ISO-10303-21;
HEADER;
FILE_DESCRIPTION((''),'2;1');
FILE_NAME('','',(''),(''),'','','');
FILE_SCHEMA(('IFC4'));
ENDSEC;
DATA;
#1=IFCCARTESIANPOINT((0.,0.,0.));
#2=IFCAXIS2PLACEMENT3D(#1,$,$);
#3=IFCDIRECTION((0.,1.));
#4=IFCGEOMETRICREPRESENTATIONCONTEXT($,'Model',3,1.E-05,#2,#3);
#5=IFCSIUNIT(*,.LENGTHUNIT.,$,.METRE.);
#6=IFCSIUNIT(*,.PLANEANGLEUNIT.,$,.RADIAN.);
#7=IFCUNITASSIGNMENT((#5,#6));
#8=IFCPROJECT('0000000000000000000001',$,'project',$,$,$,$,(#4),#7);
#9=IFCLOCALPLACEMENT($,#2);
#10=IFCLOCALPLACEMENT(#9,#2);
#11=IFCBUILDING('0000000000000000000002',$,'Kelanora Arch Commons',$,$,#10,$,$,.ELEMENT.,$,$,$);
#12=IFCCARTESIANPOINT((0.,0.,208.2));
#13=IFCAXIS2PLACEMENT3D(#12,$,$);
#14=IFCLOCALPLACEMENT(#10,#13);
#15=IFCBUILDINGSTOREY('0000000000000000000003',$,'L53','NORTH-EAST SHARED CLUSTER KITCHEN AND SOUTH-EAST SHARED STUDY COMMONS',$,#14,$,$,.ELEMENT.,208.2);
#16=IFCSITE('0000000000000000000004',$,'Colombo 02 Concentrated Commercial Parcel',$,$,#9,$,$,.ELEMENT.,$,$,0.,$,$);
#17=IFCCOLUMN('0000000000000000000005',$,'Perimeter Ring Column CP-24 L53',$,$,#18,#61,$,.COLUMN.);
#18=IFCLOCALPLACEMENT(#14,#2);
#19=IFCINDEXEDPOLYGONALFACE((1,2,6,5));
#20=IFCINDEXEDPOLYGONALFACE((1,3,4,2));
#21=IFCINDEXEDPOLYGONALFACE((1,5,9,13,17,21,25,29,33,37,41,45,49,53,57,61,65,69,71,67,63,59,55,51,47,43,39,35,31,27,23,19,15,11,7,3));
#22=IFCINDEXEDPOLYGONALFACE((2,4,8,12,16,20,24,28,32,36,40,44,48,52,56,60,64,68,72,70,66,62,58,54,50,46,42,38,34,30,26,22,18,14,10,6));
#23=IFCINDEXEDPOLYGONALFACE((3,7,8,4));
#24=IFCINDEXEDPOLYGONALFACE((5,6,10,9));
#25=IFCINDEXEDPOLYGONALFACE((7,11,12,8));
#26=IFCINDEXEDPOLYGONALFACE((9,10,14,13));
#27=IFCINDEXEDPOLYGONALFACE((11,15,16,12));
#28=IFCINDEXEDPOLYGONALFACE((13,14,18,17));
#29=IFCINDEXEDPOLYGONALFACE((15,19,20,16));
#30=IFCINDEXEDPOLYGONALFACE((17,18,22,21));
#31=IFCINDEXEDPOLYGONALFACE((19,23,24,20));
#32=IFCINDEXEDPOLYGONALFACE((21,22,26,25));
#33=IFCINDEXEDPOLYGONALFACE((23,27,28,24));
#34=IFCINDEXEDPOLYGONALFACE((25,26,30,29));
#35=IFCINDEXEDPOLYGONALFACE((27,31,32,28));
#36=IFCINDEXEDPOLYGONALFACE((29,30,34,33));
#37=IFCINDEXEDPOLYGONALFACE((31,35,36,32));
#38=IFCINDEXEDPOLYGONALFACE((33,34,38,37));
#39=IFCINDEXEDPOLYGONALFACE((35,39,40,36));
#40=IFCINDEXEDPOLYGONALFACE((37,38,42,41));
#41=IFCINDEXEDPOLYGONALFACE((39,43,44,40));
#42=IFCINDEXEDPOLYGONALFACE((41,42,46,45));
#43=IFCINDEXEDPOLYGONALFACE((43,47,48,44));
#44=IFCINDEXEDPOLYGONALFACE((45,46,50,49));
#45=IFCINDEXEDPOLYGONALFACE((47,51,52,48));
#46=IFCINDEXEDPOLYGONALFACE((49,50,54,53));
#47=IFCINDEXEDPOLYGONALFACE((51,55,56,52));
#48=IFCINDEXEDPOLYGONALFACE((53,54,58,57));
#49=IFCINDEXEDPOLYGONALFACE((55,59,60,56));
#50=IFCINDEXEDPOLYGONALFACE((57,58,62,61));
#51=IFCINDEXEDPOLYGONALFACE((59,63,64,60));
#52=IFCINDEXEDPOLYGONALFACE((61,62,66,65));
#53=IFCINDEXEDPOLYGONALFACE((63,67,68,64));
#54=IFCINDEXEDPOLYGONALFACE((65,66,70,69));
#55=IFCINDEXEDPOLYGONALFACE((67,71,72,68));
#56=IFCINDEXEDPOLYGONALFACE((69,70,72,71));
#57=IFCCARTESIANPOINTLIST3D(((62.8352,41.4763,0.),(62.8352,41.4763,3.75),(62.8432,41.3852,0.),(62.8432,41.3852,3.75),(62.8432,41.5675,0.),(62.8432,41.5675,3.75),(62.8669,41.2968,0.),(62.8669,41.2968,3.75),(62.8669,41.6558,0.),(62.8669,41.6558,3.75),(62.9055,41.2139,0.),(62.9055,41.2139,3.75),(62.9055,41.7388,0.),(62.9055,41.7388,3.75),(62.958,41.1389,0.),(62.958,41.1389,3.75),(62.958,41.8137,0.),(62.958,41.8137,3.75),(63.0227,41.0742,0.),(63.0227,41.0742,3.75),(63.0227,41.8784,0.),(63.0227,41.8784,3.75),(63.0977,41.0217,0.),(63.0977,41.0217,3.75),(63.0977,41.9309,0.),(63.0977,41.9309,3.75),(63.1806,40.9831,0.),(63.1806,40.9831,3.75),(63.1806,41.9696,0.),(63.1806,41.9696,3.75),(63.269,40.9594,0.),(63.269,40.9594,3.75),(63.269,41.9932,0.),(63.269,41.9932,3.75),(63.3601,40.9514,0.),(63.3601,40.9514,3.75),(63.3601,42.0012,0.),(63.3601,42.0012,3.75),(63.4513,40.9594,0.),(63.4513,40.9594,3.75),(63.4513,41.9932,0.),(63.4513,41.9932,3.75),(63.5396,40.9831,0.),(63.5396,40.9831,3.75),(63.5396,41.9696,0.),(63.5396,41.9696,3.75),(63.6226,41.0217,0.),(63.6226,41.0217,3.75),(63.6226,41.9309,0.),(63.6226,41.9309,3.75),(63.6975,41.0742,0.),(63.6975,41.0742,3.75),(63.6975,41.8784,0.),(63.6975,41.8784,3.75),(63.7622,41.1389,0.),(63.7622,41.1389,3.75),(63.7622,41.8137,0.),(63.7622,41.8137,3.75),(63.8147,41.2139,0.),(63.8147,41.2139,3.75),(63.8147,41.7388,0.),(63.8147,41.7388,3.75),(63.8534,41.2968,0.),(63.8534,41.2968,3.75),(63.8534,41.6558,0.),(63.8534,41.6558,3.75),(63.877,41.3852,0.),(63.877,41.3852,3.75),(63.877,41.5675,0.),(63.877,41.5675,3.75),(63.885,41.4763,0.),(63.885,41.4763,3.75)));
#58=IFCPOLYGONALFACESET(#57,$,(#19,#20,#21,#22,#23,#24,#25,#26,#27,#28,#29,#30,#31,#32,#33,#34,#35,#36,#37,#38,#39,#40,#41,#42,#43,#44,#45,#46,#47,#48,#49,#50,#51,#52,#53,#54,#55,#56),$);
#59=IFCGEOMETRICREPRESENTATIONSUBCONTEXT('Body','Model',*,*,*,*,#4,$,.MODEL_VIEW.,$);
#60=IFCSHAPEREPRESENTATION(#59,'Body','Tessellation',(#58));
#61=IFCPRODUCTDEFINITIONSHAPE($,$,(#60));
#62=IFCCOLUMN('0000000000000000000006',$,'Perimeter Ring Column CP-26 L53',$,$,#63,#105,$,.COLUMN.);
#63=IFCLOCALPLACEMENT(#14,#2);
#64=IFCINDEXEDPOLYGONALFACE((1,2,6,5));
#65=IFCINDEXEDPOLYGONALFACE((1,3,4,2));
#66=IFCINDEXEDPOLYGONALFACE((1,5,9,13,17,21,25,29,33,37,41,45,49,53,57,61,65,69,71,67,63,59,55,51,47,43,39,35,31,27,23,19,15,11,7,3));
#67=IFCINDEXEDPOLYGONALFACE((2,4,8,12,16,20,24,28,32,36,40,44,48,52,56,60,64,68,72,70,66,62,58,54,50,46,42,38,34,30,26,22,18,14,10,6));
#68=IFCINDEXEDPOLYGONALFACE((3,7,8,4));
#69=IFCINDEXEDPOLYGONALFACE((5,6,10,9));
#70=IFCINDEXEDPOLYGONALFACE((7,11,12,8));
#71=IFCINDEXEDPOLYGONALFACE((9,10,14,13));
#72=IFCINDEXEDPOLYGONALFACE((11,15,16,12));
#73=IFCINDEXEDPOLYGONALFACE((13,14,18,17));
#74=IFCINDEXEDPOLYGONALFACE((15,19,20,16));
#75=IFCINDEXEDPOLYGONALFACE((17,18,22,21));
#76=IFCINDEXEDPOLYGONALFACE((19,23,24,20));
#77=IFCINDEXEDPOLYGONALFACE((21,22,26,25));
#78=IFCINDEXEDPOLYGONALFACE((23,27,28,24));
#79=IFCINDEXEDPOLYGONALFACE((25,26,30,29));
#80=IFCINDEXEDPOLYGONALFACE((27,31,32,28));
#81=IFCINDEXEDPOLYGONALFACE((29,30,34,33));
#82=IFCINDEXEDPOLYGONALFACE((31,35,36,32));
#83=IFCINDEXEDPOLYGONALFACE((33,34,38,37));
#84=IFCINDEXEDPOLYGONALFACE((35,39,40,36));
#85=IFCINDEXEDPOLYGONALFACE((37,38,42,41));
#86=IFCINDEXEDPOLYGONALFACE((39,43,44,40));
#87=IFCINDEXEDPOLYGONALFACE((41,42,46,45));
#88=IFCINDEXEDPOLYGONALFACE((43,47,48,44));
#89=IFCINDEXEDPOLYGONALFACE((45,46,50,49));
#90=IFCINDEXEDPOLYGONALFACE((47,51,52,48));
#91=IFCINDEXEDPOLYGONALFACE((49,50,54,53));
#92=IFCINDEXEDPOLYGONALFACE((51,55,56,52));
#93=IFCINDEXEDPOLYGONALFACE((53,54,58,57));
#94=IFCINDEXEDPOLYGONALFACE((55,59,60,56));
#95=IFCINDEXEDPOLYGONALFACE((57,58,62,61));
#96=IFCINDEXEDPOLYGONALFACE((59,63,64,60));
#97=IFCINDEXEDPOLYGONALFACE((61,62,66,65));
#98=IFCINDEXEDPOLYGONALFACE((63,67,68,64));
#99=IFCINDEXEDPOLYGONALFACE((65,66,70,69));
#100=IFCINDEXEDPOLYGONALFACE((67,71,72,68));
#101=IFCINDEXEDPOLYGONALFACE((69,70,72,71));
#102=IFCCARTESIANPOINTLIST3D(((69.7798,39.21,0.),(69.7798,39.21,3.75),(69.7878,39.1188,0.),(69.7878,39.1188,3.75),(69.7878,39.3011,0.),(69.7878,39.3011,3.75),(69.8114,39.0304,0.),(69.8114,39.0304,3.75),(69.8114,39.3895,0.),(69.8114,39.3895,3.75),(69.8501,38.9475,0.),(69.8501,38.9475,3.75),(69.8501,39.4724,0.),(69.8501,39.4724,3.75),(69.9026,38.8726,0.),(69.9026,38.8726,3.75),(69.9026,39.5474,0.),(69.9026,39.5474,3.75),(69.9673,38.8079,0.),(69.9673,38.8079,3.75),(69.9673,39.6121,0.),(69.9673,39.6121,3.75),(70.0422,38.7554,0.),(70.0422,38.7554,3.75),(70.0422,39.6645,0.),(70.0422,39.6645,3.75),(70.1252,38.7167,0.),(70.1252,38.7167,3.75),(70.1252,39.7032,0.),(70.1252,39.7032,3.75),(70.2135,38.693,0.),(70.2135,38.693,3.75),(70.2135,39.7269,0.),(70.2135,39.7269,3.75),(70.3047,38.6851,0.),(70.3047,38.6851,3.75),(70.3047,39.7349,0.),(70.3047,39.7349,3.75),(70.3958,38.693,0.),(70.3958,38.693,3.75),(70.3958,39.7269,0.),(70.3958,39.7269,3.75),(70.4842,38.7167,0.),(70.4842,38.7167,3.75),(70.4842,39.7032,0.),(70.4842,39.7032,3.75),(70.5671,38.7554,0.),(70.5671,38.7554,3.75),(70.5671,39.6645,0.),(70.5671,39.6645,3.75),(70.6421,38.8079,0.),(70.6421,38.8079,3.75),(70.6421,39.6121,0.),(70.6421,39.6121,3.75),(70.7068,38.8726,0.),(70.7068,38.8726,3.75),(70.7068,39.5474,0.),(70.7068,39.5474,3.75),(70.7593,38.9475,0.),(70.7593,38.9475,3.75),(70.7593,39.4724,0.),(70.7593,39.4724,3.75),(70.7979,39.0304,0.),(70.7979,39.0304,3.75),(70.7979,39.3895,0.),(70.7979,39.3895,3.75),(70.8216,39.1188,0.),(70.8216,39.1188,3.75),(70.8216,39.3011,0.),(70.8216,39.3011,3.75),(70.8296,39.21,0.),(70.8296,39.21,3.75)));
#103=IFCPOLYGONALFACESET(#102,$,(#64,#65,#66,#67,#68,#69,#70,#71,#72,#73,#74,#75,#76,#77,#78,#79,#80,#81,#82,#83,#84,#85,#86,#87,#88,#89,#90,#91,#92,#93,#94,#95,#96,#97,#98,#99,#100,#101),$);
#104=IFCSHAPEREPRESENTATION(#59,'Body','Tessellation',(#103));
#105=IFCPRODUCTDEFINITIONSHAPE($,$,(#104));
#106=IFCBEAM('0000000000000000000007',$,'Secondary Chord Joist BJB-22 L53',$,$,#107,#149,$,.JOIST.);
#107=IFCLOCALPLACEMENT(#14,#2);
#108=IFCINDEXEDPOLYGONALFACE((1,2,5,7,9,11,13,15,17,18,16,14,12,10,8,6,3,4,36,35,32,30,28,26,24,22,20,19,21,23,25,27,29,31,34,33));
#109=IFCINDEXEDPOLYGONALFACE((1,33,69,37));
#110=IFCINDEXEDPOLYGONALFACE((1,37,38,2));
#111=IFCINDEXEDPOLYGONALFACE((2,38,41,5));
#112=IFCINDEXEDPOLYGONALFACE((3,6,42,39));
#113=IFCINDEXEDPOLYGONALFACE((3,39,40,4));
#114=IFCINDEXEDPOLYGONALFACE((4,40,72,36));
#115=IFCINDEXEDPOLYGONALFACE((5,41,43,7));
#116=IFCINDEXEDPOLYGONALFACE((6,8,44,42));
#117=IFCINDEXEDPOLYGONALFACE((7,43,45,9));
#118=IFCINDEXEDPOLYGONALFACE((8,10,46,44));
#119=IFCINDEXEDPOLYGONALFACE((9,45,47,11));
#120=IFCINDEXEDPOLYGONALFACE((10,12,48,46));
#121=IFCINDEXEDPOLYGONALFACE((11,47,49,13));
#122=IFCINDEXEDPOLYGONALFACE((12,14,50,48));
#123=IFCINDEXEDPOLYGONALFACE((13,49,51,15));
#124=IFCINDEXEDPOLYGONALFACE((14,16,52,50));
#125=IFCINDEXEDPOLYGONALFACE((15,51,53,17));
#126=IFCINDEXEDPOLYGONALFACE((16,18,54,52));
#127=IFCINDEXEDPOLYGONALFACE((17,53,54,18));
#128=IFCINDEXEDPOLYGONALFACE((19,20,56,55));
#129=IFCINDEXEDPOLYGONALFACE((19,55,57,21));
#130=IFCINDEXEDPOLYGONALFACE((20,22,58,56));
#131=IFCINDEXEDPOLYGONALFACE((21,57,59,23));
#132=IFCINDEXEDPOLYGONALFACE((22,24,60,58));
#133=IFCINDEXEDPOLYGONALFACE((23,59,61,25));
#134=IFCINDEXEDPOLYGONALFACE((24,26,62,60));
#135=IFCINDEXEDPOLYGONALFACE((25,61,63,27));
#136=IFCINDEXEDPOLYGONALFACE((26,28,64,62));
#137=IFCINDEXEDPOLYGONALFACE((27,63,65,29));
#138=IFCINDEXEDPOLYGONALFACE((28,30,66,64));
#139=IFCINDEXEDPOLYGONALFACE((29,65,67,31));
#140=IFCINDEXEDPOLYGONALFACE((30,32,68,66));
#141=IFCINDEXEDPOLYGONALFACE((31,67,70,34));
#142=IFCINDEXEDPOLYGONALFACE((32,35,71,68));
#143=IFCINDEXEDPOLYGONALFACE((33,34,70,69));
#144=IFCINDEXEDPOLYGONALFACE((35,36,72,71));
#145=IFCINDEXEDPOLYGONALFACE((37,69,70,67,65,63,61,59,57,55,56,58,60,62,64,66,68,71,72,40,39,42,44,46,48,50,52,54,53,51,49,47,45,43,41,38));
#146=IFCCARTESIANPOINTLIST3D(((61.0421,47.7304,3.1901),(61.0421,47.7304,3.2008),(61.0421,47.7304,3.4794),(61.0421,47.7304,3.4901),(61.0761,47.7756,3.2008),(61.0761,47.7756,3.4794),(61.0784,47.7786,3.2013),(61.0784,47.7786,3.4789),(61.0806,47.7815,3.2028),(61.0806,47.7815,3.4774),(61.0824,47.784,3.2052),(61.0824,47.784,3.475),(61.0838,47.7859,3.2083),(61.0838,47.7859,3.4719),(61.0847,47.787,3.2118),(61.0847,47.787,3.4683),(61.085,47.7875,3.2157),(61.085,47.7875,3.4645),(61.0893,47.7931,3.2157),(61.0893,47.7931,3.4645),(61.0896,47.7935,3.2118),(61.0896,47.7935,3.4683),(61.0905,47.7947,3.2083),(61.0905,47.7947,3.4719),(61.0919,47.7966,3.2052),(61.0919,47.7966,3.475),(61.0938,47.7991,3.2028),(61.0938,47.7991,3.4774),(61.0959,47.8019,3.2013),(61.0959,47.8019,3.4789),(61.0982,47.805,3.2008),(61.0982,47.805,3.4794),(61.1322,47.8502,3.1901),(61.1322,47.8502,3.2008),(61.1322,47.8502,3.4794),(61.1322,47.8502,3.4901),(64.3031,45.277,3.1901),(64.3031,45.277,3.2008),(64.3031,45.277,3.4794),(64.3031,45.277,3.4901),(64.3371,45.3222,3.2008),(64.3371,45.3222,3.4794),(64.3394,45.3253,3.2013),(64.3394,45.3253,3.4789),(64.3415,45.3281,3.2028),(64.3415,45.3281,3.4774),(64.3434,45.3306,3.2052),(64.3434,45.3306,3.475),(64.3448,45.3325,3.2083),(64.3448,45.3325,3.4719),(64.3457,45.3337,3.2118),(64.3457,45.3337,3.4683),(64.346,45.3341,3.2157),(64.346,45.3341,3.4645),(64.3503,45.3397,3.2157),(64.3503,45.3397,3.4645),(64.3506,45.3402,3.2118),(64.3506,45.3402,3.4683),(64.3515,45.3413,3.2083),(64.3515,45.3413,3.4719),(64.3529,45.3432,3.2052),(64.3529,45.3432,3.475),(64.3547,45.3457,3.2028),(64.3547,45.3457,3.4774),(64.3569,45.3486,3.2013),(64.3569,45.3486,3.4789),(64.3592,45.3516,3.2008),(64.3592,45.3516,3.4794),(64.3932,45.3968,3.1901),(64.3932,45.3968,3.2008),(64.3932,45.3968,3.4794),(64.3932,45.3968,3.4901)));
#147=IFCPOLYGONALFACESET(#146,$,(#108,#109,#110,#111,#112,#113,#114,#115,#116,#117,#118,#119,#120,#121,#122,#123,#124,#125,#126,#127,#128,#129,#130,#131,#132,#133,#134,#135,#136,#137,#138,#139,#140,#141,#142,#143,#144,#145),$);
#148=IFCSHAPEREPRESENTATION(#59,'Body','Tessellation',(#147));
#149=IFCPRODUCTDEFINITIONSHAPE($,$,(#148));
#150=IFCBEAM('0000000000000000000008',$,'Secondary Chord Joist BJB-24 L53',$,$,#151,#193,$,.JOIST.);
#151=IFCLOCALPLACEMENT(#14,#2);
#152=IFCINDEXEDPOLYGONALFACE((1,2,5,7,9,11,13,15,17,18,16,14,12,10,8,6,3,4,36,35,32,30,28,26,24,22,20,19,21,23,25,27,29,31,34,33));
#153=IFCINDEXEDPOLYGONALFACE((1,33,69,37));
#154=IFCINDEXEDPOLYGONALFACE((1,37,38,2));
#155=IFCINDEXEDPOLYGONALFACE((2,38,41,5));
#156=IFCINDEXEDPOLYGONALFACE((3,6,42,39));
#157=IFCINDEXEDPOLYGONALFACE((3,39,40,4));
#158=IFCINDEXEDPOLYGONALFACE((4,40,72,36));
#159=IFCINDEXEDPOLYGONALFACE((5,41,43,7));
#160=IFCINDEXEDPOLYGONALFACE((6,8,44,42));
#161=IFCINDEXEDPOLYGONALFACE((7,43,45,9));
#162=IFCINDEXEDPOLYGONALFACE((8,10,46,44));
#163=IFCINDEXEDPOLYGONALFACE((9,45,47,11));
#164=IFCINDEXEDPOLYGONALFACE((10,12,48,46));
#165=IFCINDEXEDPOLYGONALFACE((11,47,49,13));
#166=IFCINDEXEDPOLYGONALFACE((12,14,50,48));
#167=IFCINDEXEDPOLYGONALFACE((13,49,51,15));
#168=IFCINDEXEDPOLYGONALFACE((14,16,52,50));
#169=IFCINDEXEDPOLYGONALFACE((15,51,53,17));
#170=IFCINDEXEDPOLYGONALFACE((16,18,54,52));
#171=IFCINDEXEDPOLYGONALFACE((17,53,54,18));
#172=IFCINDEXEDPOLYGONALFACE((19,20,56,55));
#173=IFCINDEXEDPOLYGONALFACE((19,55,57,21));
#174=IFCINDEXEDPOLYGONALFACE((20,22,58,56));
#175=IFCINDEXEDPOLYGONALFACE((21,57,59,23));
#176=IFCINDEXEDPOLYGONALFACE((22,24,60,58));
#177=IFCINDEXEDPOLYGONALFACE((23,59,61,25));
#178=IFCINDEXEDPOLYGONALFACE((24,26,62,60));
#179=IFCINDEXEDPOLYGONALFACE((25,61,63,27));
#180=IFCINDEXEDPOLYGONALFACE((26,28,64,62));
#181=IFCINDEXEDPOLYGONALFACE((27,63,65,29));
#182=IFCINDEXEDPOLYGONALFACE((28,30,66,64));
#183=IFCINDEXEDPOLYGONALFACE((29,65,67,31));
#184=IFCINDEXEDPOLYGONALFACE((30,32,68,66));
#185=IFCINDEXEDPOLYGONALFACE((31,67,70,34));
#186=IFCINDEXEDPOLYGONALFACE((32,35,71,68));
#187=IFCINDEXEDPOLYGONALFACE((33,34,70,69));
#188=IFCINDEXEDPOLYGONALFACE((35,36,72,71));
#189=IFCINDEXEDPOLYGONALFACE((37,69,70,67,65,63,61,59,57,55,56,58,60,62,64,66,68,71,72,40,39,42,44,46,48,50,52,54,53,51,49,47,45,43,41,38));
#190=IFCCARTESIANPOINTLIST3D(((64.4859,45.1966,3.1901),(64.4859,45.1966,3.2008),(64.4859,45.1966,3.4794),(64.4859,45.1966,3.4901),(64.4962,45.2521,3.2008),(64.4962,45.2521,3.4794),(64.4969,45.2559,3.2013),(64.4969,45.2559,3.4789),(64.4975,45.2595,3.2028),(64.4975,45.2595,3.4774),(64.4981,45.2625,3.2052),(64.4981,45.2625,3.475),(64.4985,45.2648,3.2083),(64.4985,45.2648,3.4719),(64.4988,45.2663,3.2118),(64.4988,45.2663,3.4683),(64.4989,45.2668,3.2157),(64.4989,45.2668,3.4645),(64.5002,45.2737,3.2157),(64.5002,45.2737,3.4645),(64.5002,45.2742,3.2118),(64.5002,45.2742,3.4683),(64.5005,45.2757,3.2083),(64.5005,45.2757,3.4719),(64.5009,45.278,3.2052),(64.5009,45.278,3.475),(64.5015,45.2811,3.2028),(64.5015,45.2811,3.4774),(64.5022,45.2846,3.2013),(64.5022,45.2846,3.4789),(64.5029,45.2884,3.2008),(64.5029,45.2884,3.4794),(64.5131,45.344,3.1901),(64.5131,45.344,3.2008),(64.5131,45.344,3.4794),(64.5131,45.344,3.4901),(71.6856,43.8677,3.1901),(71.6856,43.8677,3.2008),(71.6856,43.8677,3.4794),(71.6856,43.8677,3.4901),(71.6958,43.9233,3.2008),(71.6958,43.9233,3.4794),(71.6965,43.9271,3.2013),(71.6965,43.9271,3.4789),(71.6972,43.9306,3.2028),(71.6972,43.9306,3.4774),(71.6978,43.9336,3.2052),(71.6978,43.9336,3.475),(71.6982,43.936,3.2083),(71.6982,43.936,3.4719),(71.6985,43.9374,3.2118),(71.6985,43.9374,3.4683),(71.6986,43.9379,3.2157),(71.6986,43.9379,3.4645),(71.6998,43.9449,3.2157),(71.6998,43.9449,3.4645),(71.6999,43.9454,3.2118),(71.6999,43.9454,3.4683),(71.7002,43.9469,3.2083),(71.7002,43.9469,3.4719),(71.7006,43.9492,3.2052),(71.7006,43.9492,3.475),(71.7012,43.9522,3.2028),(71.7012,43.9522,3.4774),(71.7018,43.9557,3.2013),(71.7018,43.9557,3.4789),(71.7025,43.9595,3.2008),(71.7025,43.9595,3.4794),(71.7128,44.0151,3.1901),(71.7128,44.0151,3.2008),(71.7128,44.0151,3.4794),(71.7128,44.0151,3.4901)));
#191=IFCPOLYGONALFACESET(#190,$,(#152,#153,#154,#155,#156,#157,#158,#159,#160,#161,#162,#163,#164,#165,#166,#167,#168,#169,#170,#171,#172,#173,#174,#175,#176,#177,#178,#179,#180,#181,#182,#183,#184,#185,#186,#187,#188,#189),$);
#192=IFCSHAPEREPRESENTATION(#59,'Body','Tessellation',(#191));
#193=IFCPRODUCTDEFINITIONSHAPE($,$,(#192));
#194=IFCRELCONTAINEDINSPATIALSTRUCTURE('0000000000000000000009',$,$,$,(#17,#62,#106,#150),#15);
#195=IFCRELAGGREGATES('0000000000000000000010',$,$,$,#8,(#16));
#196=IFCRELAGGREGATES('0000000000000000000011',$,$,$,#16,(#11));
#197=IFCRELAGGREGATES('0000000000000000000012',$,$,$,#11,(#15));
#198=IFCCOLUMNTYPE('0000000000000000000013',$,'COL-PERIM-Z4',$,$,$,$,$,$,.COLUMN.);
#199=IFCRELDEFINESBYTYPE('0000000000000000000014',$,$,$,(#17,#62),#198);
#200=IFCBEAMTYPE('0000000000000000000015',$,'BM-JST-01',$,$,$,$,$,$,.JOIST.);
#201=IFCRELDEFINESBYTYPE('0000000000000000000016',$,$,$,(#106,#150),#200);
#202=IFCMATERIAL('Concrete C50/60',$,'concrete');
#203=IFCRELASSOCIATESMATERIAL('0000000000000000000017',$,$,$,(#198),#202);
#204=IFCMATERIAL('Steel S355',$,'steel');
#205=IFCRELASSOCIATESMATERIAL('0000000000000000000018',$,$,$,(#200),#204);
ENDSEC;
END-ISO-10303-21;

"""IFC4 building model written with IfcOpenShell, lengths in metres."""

from ifc_helpers import new_model, si_unit, direction, frame, origin, origin_2d, place, context, subcontext, project, spatial, circle, i_section, extrude, material, material_profile, profile_set, type_object, element, save


model = new_model("IFC4")

# Units and contexts
model_context = context("Model", 3, precision=1e-05, world=origin(), true_north=direction((0.0, 1.0)))
body_context = subcontext(model_context, "Body", "Model", "MODEL_VIEW")
ifc_project = project(units=[si_unit("LENGTHUNIT", "METRE"), si_unit("PLANEANGLEUNIT", "RADIAN")], contexts=[model_context])

# Site, building, storey
site_placement = place(None, origin())
site = spatial("IfcSite", under=ifc_project, at=site_placement, Name="Colombo 02 Concentrated Commercial Parcel", CompositionType="ELEMENT", RefElevation=0.0)
building_placement = place(site_placement, origin())
building = spatial("IfcBuilding", under=site, at=building_placement, Name="Kelanora Arch Commons", CompositionType="ELEMENT")
storey_placement = place(building_placement, frame((0.0, 0.0, 208.2)))
storey = spatial("IfcBuildingStorey", under=building, at=storey_placement, Name="L53", Description="NORTH-EAST SHARED CLUSTER KITCHEN AND SOUTH-EAST SHARED STUDY COMMONS", CompositionType="ELEMENT", Elevation=208.2)

# Columns
ifc_material_1 = material(Name="Concrete C50/60", Category="concrete")
ifc_material_profile_1 = material_profile(ifc_material_1, circle(Radius=0.5249, at=origin_2d()), Name="RCC1050")
ifc_profile_set_1 = profile_set([ifc_material_profile_1], Name="Concrete C50/60")
column_type = type_object("IfcColumnType", Name="COL-PERIM-Z4", PredefinedType="COLUMN", material=ifc_profile_set_1)
for number, where, z_axis, x_axis, name in (
    (1, (63.3601, 41.4763, 0.0), (0.0, 0.0, 1.0), (1.0, 0.0, 0.0), "Perimeter Ring Column CP-24 L53"),
    (2, (70.3047, 39.21, 0.0), (0.0, 0.0, 1.0), (1.0, 0.0, 0.0), "Perimeter Ring Column CP-26 L53"),
):
    element("IfcColumn", number, at=place(storey_placement, frame(where, z_axis=z_axis, x_axis=x_axis)), inside=storey, type_object=column_type, Name=name, PredefinedType="COLUMN", context=body_context, shape_type="SweptSolid", body=[
        extrude(circle(Radius=0.5249, at=origin_2d()), origin(), (0.0, 0.0, 1.0), 3.75),
    ])

# Beams
ifc_material_2 = material(Name="Steel S355", Category="steel")
ifc_material_profile_2 = material_profile(ifc_material_2, i_section(OverallWidth=0.1499, OverallDepth=0.3, WebThickness=0.0071, FlangeThickness=0.0107, FilletRadius=0.0149, at=origin_2d()), Name="IPE300")
ifc_profile_set_2 = profile_set([ifc_material_profile_2], Name="Steel S355")
beam_type_1 = type_object("IfcBeamType", Name="BM-JST-01", PredefinedType="JOIST", material=ifc_profile_set_2)
beam_1_placement = place(storey_placement, frame((61.0872, 47.7903, 3.3401), z_axis=(0.799102, -0.601196, 0.0), x_axis=(0.601196, 0.799102, 0.0)))
element("IfcBeam", 3, at=beam_1_placement, inside=storey, type_object=beam_type_1, Name="Secondary Chord Joist BJB-22 L53", PredefinedType="JOIST", context=body_context, shape_type="SweptSolid", body=[
    extrude(i_section(OverallWidth=0.1499, OverallDepth=0.3, WebThickness=0.0071, FlangeThickness=0.0107, FilletRadius=0.0149, at=origin_2d()), origin(), (0.0, 0.0, 1.0), 4.0808),
])
beam_2_placement = place(storey_placement, frame((64.4995, 45.2703, 3.3401), z_axis=(0.98339, -0.181505, 0.0), x_axis=(0.181505, 0.98339, 0.0)))
element("IfcBeam", 4, at=beam_2_placement, inside=storey, type_object=beam_type_1, Name="Secondary Chord Joist BJB-24 L53", PredefinedType="JOIST", context=body_context, shape_type="SweptSolid", body=[
    extrude(i_section(OverallWidth=0.1499, OverallDepth=0.3, WebThickness=0.0071, FlangeThickness=0.0107, FilletRadius=0.0149, at=origin_2d()), origin(), (0.0, 0.0, 1.0), 7.3213),
])

save(model, "model.ifc")
